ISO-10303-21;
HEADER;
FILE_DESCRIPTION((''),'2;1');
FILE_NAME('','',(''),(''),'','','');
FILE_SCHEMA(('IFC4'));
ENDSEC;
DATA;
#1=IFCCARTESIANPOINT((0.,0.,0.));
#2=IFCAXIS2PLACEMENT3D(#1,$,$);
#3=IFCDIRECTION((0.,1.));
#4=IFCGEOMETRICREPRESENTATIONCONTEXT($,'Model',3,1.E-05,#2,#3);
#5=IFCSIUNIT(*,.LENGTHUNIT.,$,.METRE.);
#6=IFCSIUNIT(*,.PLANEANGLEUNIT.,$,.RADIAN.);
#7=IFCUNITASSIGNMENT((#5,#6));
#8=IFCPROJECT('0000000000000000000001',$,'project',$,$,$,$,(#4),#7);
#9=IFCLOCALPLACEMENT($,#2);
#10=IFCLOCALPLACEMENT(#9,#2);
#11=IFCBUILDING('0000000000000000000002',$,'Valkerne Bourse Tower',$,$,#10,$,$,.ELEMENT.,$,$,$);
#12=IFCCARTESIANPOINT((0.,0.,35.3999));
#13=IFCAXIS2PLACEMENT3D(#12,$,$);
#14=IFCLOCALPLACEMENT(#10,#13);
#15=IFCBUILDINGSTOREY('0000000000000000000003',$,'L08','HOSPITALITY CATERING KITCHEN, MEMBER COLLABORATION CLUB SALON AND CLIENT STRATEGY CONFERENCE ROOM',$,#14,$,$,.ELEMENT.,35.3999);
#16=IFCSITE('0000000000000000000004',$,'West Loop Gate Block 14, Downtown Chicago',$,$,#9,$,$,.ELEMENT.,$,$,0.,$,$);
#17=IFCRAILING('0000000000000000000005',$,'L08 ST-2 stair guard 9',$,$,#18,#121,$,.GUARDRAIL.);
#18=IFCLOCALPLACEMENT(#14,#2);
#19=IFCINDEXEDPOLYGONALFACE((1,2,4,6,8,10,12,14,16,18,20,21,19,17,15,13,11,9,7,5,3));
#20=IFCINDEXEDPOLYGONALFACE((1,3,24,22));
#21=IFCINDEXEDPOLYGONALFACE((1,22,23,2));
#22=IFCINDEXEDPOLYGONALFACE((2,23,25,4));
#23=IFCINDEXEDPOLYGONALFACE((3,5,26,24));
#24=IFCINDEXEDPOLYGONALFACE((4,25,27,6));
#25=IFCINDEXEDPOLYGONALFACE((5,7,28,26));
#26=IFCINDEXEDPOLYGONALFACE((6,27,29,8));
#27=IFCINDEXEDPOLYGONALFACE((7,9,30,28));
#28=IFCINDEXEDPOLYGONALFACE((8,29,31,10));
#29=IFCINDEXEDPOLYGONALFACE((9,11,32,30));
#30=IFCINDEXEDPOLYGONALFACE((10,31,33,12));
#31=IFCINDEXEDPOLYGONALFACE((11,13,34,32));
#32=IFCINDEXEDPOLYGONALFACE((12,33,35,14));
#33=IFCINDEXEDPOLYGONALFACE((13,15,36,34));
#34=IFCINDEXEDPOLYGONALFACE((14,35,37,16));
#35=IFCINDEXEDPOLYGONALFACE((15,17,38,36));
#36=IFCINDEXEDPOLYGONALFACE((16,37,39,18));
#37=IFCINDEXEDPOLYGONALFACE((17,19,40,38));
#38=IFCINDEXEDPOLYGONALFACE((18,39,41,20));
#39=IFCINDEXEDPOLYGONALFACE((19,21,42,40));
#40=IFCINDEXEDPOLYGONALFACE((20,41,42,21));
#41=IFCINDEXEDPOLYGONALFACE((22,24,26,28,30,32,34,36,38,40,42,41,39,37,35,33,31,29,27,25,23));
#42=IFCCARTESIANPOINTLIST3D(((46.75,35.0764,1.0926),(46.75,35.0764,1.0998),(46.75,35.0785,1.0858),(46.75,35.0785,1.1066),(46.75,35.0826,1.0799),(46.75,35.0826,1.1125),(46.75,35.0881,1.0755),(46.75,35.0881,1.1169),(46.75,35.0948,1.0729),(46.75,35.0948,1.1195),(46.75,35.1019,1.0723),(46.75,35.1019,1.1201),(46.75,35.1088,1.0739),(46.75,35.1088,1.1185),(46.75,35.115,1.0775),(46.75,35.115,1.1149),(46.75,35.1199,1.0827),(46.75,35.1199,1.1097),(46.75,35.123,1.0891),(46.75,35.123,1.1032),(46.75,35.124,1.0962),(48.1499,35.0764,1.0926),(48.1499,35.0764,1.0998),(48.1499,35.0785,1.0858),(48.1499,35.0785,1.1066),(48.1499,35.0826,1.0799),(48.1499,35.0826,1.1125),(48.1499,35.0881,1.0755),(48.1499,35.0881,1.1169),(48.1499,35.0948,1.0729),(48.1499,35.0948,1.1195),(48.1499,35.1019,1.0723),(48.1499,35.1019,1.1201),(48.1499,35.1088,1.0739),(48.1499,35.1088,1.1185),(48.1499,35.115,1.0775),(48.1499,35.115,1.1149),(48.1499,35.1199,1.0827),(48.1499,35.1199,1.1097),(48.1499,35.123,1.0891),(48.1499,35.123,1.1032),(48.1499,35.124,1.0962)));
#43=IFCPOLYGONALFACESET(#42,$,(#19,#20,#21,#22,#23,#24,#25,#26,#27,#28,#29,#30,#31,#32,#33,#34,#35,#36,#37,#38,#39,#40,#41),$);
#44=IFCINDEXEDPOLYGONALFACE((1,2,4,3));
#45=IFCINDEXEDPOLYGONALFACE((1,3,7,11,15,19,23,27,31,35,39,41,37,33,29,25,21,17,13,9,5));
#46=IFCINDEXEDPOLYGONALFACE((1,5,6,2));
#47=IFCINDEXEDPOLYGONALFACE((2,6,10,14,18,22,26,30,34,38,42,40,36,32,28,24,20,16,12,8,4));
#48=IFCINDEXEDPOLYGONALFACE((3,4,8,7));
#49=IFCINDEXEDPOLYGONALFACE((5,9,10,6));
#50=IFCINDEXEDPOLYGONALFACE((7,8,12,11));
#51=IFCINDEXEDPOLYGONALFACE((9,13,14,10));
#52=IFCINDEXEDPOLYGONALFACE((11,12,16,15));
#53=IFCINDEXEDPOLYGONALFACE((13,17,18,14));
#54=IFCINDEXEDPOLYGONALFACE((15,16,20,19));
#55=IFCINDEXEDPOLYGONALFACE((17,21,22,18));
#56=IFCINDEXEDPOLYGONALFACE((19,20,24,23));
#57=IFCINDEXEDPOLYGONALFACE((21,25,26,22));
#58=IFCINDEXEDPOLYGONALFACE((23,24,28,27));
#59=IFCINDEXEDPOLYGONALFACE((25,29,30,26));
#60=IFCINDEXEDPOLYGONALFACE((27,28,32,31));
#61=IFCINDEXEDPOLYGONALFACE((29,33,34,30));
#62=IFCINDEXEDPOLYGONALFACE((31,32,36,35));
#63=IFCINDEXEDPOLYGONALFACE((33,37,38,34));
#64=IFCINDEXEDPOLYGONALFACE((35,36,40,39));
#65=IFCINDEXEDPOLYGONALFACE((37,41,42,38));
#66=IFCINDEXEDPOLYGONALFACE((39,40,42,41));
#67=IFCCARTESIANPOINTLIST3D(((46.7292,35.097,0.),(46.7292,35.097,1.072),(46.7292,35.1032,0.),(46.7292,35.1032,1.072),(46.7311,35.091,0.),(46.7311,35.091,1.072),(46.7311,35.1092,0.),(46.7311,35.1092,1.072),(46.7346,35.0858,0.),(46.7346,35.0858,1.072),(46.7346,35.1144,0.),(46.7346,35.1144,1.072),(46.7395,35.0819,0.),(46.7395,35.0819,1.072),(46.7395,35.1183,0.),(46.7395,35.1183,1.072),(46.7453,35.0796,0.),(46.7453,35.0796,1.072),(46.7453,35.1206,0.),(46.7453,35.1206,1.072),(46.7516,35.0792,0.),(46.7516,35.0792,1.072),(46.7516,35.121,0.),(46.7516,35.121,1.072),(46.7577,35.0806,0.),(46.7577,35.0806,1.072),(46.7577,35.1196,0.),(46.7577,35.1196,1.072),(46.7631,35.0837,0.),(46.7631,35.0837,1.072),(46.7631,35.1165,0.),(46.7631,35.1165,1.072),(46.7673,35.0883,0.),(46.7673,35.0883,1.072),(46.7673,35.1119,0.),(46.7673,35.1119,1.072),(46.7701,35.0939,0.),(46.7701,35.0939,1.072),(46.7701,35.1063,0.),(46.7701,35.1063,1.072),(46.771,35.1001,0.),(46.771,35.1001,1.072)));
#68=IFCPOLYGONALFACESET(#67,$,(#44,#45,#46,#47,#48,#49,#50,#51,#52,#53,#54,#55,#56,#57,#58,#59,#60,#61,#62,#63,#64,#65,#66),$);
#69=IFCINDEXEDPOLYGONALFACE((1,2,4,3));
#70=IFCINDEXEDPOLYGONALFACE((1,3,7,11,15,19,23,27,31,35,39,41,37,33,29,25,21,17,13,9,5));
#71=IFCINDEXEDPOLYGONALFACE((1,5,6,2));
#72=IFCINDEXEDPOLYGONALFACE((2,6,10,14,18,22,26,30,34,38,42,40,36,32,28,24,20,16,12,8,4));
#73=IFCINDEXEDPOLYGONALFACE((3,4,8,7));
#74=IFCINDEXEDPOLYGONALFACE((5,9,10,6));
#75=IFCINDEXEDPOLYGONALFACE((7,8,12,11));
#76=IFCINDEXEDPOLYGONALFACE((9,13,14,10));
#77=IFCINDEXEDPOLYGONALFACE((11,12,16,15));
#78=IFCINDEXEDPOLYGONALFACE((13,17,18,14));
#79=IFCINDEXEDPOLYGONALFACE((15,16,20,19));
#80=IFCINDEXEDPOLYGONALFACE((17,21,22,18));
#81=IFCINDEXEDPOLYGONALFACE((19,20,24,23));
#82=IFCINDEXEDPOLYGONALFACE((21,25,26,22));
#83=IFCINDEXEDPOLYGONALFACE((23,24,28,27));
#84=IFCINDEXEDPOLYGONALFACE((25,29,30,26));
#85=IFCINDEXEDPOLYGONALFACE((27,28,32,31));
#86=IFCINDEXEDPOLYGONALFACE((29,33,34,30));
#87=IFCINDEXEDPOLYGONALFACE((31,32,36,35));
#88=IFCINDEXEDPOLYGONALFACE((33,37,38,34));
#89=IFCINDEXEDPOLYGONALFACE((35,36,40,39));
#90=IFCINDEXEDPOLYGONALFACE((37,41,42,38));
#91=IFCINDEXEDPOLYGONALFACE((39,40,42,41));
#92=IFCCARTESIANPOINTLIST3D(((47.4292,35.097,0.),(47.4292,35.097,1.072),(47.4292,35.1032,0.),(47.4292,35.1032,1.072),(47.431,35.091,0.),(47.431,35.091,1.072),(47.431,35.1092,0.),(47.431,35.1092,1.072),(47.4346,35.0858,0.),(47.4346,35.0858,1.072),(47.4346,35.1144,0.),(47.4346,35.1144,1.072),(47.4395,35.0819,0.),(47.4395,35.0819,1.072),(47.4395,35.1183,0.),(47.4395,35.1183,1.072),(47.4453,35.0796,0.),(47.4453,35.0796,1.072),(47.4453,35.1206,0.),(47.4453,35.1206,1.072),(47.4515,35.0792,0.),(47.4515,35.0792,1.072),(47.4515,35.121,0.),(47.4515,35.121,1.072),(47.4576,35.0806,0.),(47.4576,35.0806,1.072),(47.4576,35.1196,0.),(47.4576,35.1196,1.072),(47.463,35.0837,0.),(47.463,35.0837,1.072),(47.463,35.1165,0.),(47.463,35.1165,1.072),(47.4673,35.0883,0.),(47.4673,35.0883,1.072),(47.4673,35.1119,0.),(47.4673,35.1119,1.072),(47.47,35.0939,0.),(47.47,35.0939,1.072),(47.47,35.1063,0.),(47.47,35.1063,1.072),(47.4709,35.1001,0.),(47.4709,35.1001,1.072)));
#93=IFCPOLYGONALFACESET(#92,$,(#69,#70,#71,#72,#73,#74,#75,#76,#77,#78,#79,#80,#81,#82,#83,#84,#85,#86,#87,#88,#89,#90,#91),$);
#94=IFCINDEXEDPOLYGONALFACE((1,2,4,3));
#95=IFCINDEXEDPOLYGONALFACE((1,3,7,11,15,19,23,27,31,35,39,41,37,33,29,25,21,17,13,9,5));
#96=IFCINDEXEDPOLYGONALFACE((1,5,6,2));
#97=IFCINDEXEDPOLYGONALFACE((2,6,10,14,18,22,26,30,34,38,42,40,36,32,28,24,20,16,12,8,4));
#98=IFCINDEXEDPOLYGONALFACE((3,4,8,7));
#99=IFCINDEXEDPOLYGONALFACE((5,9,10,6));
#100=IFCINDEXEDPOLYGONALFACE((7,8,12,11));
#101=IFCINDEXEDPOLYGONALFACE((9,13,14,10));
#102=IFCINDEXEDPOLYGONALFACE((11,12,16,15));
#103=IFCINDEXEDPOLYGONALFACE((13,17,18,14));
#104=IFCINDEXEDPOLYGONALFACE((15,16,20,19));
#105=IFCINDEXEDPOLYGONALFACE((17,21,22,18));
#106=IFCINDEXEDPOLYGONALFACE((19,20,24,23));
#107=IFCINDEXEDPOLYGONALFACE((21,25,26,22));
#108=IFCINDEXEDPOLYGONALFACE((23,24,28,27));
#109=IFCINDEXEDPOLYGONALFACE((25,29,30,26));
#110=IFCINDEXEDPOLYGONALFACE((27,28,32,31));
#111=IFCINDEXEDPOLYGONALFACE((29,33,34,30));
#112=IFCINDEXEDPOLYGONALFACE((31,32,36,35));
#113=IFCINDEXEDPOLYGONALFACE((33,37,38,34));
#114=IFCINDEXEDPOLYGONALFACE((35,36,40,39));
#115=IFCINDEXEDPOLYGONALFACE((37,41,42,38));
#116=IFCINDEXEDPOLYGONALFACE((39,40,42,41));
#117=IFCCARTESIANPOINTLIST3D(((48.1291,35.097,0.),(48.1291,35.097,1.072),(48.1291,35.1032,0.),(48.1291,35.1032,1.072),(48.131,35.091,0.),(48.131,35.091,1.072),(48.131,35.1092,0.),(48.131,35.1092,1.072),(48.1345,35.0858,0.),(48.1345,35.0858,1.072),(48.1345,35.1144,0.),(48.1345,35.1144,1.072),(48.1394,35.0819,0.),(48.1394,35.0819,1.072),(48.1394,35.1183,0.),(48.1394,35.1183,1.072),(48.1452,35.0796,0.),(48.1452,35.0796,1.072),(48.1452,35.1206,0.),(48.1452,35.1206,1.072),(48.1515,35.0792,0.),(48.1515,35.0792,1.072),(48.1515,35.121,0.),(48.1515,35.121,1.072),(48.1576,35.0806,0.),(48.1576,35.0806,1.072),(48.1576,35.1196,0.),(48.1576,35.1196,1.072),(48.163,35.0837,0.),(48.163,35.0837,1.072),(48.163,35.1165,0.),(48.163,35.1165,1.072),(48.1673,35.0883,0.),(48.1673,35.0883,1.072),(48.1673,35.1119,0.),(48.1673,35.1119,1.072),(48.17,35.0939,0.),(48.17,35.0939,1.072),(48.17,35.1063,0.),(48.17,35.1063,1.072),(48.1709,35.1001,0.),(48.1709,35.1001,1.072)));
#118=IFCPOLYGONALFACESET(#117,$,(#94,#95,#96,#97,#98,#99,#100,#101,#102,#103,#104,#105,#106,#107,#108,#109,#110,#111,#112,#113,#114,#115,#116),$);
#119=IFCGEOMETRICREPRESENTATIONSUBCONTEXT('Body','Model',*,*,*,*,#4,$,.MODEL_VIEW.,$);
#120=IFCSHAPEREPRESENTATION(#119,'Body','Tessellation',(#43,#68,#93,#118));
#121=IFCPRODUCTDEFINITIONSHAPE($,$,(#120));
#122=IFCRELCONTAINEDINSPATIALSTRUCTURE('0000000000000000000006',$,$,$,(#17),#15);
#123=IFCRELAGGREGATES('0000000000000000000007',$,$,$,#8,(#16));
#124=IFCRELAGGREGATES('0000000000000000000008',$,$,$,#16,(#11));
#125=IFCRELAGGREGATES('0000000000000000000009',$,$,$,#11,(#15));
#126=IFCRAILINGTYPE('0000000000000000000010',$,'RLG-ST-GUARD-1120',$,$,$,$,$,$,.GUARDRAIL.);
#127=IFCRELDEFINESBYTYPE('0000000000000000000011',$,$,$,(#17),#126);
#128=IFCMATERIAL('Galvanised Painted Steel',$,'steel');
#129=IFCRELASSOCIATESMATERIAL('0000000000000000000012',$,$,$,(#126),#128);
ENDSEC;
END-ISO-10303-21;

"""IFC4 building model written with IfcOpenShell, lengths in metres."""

from ifc_helpers import new_model, si_unit, direction, frame, origin, origin_2d, place, context, subcontext, project, spatial, circle, extrude, material, type_object, element, save


model = new_model("IFC4")

# Units and contexts
model_context = context("Model", 3, precision=1e-05, world=origin(), true_north=direction((0.0, 1.0)))
body_context = subcontext(model_context, "Body", "Model", "MODEL_VIEW")
ifc_project = project(units=[si_unit("LENGTHUNIT", "METRE"), si_unit("PLANEANGLEUNIT", "RADIAN")], contexts=[model_context])

# Site, building, storey
site_placement = place(None, origin())
site = spatial("IfcSite", under=ifc_project, at=site_placement, Name="West Loop Gate Block 14, Downtown Chicago", CompositionType="ELEMENT", RefElevation=0.0)
building_placement = place(site_placement, origin())
building = spatial("IfcBuilding", under=site, at=building_placement, Name="Valkerne Bourse Tower", CompositionType="ELEMENT")
storey_placement = place(building_placement, frame((0.0, 0.0, 35.3999)))
storey = spatial("IfcBuildingStorey", under=building, at=storey_placement, Name="L08", Description="HOSPITALITY CATERING KITCHEN, MEMBER COLLABORATION CLUB SALON AND CLIENT STRATEGY CONFERENCE ROOM", CompositionType="ELEMENT", Elevation=35.3999)

# Shared definitions
ifc_material_1 = material(Name="Galvanised Painted Steel", Category="steel")

# Railing
railing_type_1 = type_object("IfcRailingType", Name="RLG-ST-GUARD-1120", PredefinedType="GUARDRAIL", material=ifc_material_1)
for number, where, name in (
    (1, (46.75, 35.1001, 0.0), "L08 ST-2 stair guard 9"),
):
    element("IfcRailing", number, at=place(storey_placement, frame(where)), inside=storey, type_object=railing_type_1, Name=name, PredefinedType="GUARDRAIL", context=body_context, shape_type="SweptSolid", body=[
        extrude(circle(Radius=0.0239, at=origin_2d()), frame((0.0, 0.0, 1.0962), z_axis=(1.0, 0.0, 0.0), x_axis=(0.0, 1.0, 0.0)), (0.0, 0.0, 1.0), 1.3999),
        extrude(circle(Radius=0.021, at=origin_2d()), origin(), (0.0, 0.0, 1.0), 1.072),
        extrude(circle(Radius=0.021, at=origin_2d()), frame((0.7, 0.0, 0.0)), (0.0, 0.0, 1.0), 1.072),
        extrude(circle(Radius=0.021, at=origin_2d()), frame((1.3999, 0.0, 0.0)), (0.0, 0.0, 1.0), 1.072),
    ])

save(model, "model.ifc")
